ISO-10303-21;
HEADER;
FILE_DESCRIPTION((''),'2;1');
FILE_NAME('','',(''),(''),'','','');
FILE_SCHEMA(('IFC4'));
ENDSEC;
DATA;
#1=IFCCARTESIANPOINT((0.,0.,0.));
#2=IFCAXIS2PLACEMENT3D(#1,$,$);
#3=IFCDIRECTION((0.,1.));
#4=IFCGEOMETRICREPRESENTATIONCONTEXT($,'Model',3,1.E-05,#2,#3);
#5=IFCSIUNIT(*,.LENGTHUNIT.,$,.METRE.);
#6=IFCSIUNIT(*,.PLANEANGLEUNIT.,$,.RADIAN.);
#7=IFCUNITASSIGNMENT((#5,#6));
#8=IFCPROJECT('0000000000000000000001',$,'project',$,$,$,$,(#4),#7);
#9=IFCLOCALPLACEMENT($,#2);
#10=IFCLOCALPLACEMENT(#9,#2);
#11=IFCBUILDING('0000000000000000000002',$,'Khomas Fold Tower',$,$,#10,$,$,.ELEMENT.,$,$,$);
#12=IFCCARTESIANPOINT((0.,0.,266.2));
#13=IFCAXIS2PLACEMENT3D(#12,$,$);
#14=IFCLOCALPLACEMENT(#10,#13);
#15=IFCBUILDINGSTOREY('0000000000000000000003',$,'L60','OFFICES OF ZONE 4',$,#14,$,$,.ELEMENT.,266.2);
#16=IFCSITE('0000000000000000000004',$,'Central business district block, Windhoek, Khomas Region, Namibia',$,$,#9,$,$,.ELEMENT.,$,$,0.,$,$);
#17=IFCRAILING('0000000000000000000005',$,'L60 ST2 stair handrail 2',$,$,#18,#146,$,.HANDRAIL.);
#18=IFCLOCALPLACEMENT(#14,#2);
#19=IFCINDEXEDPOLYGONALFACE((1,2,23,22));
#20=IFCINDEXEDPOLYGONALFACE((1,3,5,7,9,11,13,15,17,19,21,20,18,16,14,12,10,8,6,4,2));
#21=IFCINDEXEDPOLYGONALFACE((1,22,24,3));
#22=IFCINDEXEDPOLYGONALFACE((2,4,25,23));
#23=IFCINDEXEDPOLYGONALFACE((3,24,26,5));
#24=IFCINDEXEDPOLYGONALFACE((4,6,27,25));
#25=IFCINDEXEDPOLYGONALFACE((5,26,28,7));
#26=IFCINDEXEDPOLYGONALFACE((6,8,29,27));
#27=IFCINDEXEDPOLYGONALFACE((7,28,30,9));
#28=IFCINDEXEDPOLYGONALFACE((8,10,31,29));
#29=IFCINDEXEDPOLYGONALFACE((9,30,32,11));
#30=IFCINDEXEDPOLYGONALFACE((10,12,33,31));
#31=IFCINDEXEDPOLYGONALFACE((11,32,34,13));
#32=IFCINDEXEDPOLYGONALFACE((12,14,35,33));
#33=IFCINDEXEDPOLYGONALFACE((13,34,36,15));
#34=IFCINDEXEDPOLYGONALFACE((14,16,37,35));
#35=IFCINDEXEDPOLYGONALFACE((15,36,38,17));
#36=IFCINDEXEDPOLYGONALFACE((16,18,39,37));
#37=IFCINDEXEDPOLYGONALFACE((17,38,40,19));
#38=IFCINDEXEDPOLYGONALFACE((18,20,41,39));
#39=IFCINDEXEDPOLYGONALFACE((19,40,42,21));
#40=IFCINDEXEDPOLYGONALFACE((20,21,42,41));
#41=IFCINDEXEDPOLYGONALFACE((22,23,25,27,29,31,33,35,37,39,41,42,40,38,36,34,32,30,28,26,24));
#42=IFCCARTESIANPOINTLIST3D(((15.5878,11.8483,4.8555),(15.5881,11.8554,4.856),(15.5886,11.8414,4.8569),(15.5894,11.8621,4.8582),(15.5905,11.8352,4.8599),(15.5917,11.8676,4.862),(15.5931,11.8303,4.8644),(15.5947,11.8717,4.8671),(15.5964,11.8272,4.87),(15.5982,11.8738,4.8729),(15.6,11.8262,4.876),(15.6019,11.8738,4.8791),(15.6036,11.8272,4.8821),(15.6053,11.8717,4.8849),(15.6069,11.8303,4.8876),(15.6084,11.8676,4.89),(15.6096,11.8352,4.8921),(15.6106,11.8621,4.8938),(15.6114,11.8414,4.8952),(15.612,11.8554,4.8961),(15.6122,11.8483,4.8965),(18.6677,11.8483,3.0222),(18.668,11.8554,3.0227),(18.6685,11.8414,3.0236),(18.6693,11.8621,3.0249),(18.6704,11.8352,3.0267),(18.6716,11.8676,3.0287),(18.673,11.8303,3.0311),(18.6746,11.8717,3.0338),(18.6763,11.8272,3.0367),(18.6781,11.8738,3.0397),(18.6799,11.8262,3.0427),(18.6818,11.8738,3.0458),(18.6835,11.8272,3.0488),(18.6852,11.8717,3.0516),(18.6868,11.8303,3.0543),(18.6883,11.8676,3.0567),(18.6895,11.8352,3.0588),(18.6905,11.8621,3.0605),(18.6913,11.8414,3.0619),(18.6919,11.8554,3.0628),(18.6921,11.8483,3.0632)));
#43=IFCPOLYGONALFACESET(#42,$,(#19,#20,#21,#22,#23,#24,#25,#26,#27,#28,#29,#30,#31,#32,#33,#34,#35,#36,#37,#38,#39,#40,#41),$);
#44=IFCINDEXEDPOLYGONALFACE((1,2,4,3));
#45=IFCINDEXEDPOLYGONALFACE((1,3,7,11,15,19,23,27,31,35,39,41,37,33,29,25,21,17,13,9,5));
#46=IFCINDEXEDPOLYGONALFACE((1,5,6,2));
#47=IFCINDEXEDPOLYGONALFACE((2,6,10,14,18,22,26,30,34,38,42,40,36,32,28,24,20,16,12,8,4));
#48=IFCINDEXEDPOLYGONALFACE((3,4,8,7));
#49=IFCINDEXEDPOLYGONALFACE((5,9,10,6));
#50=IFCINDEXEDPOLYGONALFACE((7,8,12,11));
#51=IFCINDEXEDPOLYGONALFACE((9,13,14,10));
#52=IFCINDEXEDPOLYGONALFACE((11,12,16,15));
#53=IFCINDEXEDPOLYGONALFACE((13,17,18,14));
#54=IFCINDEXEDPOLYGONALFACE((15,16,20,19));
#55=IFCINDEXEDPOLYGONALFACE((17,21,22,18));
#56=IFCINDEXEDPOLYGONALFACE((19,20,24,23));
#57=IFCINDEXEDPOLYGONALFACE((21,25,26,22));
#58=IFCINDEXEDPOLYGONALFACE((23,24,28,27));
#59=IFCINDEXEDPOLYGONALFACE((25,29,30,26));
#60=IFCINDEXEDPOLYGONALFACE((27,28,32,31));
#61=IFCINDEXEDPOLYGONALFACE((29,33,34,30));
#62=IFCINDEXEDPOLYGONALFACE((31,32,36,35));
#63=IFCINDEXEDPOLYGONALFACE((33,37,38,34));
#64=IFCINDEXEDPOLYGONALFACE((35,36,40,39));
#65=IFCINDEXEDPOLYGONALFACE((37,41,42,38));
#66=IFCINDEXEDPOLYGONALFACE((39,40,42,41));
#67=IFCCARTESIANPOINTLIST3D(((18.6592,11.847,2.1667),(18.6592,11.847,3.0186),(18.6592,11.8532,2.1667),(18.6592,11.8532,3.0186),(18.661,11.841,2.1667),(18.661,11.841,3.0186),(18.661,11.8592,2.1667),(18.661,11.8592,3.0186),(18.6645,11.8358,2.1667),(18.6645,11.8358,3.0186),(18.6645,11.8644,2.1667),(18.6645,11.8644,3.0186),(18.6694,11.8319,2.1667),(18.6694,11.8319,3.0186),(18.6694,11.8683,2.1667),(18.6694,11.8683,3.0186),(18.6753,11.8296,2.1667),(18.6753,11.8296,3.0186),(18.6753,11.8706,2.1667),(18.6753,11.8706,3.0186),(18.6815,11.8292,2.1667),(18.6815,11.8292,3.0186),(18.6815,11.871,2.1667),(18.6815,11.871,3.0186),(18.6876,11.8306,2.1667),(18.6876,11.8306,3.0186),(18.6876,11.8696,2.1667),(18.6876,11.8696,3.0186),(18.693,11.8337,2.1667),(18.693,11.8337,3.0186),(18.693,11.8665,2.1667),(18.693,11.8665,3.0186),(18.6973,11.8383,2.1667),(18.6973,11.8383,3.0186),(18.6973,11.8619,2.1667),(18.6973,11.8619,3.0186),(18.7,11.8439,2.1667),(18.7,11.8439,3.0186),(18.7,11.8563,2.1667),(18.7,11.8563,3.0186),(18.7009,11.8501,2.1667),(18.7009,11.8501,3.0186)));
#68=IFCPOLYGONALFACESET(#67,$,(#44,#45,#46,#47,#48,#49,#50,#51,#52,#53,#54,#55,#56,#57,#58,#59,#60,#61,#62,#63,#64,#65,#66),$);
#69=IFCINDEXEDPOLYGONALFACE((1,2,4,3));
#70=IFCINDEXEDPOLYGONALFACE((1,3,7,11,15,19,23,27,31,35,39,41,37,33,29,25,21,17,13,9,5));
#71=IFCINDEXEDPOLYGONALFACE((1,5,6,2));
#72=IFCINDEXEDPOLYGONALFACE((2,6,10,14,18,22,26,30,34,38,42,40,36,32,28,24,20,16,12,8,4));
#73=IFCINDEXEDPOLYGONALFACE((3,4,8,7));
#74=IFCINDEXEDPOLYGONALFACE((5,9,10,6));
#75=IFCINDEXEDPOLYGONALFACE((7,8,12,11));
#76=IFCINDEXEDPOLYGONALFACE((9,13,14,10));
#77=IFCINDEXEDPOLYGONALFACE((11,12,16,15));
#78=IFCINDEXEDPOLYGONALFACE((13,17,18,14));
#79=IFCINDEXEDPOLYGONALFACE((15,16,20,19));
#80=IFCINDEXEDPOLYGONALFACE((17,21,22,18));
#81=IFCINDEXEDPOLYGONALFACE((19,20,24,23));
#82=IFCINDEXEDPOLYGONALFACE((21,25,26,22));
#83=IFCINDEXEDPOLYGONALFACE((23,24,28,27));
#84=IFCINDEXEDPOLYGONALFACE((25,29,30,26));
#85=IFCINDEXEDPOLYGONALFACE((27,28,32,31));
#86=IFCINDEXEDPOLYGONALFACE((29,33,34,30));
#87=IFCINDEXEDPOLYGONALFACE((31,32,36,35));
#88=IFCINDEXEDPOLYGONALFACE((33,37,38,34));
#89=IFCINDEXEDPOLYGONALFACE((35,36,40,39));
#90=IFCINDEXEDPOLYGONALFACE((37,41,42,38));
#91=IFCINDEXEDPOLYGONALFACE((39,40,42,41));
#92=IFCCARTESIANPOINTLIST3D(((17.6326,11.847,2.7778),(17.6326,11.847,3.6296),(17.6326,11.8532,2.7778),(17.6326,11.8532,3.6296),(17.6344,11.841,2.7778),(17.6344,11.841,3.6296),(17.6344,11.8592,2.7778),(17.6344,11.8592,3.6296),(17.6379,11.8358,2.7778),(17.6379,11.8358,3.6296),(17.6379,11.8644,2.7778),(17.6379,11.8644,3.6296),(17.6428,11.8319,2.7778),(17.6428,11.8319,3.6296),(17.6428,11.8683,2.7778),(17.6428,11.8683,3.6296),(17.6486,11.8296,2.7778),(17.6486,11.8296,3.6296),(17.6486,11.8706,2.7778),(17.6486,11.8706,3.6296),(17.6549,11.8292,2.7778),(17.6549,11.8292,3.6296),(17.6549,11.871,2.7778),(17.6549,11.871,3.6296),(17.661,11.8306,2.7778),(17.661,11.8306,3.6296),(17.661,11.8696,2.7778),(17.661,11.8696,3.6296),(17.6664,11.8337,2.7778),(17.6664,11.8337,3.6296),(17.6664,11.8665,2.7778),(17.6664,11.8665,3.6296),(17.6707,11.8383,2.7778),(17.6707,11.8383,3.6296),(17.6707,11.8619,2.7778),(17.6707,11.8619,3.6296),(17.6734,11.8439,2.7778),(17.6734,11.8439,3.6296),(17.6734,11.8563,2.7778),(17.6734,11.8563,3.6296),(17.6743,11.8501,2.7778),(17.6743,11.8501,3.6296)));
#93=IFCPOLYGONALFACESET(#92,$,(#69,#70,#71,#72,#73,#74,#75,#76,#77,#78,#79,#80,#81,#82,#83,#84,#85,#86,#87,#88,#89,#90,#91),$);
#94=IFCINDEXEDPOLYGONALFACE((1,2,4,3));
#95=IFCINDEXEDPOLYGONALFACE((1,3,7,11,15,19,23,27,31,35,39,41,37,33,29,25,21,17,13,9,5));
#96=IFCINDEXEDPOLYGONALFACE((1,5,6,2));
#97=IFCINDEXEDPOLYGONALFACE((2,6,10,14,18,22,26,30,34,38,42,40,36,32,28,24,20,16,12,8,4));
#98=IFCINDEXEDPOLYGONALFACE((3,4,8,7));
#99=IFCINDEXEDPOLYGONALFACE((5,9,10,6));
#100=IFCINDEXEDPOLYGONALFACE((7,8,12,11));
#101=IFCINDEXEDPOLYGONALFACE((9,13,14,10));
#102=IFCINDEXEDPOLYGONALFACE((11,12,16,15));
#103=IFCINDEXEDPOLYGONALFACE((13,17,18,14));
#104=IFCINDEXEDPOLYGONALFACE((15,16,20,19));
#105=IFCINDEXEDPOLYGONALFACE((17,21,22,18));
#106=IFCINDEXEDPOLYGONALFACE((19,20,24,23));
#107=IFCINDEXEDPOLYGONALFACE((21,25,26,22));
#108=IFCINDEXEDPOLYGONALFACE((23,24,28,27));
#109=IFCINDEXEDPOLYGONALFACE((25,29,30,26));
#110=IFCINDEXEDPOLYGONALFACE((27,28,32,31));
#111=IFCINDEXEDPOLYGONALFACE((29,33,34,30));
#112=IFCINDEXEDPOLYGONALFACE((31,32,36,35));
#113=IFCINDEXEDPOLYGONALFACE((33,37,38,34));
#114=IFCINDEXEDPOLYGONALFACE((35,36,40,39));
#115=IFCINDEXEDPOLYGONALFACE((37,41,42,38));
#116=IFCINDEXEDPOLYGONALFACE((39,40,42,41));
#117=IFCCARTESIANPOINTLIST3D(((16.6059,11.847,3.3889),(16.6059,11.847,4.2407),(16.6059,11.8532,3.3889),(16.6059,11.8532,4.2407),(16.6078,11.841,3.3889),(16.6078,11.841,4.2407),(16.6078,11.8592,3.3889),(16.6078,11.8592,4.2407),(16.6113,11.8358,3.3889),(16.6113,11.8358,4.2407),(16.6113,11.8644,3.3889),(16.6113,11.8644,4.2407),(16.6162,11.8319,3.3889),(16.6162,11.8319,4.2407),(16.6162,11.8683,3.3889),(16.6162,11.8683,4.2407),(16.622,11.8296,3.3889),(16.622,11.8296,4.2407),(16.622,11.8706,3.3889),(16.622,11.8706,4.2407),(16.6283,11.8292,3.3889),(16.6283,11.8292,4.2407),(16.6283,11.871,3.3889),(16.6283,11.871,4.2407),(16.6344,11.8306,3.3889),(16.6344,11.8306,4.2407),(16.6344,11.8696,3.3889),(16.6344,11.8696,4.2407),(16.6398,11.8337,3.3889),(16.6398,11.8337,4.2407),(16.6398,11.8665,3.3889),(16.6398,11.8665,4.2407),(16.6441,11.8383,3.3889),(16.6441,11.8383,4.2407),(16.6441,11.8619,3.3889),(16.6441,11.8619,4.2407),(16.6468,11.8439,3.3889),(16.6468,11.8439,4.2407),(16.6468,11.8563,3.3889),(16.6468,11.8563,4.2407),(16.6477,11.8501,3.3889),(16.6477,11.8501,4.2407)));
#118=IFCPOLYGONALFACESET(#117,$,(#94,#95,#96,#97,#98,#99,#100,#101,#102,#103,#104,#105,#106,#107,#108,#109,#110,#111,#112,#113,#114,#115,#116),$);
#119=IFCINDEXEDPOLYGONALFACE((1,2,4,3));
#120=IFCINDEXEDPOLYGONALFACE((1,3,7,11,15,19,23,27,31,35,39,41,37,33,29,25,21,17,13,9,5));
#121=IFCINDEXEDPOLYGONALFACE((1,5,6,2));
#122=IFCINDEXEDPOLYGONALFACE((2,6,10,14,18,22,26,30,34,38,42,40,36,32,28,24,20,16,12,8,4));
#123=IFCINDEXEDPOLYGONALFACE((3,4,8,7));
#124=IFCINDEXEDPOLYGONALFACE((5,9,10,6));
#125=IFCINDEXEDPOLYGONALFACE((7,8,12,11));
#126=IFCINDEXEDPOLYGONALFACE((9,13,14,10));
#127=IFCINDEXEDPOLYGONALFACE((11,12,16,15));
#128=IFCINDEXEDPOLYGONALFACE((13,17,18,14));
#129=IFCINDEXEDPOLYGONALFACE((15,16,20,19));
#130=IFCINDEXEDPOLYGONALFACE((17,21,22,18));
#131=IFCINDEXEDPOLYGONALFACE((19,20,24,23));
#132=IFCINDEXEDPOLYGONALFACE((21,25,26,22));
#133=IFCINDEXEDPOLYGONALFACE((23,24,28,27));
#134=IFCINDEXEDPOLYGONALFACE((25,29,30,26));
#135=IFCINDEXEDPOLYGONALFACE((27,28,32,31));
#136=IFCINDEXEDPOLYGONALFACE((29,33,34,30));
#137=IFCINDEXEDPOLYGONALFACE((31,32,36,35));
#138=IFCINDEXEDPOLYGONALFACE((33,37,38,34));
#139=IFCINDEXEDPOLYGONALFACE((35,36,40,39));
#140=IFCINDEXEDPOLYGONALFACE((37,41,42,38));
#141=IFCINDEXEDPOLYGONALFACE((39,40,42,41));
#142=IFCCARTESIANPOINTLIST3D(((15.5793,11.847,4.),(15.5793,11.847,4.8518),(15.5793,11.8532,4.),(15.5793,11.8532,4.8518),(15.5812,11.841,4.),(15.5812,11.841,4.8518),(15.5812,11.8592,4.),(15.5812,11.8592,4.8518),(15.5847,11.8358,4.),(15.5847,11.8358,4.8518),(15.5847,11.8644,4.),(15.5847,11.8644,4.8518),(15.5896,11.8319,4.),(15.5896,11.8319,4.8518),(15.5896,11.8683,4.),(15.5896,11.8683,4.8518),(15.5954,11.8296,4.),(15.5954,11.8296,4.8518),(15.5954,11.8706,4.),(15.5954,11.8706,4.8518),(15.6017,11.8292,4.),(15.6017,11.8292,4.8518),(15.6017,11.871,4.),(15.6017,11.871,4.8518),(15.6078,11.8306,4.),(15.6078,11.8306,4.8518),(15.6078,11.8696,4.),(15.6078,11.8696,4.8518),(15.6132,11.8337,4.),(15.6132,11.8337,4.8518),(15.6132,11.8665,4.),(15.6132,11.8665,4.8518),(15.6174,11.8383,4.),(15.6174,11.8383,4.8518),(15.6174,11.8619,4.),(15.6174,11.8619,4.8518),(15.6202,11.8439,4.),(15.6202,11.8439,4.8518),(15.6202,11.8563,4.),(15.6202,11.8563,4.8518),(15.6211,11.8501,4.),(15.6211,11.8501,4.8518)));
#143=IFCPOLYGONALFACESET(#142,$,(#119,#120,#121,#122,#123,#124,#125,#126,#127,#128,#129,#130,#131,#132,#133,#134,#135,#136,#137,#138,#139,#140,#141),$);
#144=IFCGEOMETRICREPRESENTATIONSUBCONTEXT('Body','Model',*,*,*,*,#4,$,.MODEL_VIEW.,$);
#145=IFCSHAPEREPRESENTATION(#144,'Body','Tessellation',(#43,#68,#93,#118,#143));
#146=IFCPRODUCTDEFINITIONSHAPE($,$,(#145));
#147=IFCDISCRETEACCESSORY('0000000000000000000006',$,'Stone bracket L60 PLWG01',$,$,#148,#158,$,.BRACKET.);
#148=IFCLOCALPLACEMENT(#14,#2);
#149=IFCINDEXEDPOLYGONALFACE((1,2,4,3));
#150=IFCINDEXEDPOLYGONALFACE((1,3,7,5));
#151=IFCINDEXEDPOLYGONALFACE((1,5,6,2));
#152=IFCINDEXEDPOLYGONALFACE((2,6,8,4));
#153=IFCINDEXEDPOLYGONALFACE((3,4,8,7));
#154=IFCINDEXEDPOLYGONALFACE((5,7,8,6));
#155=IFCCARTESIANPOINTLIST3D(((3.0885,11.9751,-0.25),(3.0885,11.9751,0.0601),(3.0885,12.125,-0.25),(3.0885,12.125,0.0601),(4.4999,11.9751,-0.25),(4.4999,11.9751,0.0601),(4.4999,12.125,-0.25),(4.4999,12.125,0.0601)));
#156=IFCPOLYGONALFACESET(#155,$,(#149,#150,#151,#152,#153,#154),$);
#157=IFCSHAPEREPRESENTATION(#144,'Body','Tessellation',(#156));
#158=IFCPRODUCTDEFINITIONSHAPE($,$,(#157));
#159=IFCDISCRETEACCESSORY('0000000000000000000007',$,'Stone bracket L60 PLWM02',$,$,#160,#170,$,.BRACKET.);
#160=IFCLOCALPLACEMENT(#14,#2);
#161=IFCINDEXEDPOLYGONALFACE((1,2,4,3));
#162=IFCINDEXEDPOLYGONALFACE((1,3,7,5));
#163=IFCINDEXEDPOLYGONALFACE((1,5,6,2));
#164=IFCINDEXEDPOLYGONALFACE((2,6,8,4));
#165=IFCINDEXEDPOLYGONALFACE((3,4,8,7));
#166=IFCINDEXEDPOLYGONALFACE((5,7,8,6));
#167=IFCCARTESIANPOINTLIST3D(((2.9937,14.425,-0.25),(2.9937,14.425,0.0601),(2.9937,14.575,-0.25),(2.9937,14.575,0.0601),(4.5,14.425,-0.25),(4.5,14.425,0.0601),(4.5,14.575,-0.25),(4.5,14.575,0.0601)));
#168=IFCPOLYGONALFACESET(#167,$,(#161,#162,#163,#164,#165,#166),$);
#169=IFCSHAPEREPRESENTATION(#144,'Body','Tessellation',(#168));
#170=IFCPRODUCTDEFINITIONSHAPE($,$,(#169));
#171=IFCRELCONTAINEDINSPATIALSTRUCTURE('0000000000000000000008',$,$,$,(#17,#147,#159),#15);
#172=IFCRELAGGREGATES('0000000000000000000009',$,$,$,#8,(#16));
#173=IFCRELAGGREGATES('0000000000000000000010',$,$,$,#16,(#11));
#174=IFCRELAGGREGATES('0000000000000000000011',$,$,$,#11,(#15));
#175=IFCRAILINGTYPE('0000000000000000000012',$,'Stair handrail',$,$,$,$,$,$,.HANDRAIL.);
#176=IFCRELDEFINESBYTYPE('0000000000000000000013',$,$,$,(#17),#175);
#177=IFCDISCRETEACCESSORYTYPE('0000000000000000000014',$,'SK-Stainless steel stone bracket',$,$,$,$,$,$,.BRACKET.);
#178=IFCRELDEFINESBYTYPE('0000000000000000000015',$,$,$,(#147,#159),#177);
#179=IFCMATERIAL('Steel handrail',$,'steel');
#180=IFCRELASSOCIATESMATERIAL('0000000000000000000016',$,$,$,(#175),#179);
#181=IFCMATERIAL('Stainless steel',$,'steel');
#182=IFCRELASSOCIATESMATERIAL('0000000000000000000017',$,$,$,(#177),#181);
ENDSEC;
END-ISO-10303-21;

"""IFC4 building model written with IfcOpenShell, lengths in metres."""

from ifc_helpers import new_model, si_unit, direction, frame, origin, origin_2d, place, context, subcontext, project, spatial, rectangle, circle, extrude, source, transform, mapped, material, type_object, element, save


model = new_model("IFC4")

# Units and contexts
model_context = context("Model", 3, precision=1e-05, world=origin(), true_north=direction((0.0, 1.0)))
body_context = subcontext(model_context, "Body", "Model", "MODEL_VIEW")
ifc_project = project(units=[si_unit("LENGTHUNIT", "METRE"), si_unit("PLANEANGLEUNIT", "RADIAN")], contexts=[model_context])

# Site, building, storey
site_placement = place(None, origin())
site = spatial("IfcSite", under=ifc_project, at=site_placement, Name="Central business district block, Windhoek, Khomas Region, Namibia", CompositionType="ELEMENT", RefElevation=0.0)
building_placement = place(site_placement, origin())
building = spatial("IfcBuilding", under=site, at=building_placement, Name="Khomas Fold Tower", CompositionType="ELEMENT")
storey_placement = place(building_placement, frame((0.0, 0.0, 266.2)))
storey = spatial("IfcBuildingStorey", under=building, at=storey_placement, Name="L60", Description="OFFICES OF ZONE 4", CompositionType="ELEMENT", Elevation=266.2)

# Railing
ifc_material_1 = material(Name="Steel handrail", Category="steel")
railing_type_1 = type_object("IfcRailingType", Name="Stair handrail", PredefinedType="HANDRAIL", material=ifc_material_1)
shared_shape_1 = source(origin(), body_context, "Body", "SweptSolid", [
    extrude(circle(Radius=0.0239, at=origin_2d()), frame((0.0, 0.0, 0.876), z_axis=(-0.859291, 0.0, 0.511487), x_axis=(0.0, -1.0, 0.0)), (0.0, 0.0, 1.0), 3.5842),
    extrude(circle(Radius=0.021, at=origin_2d()), origin(), (0.0, 0.0, 1.0), 0.8518),
    extrude(circle(Radius=0.021, at=origin_2d()), frame((-1.0266, 0.0, 0.6111)), (0.0, 0.0, 1.0), 0.8518),
    extrude(circle(Radius=0.021, at=origin_2d()), frame((-2.0532, 0.0, 1.2222)), (0.0, 0.0, 1.0), 0.8518),
    extrude(circle(Radius=0.021, at=origin_2d()), frame((-3.0798, 0.0, 1.8333)), (0.0, 0.0, 1.0), 0.8518),
])
railing_1_placement = place(storey_placement, frame((18.6799, 11.8501, 2.1667)))
element("IfcRailing", 1, at=railing_1_placement, inside=storey, type_object=railing_type_1, Name="L60 ST2 stair handrail 2", PredefinedType="HANDRAIL", context=body_context, shape_type="MappedRepresentation", body=[
    mapped(shared_shape_1, transform((0.0, 0.0, 0.0))),
])

# Discrete accessories
ifc_material_2 = material(Name="Stainless steel", Category="steel")
discrete_accessory_type = type_object("IfcDiscreteAccessoryType", Name="SK-Stainless steel stone bracket", PredefinedType="BRACKET", material=ifc_material_2)
shared_shape_2 = source(origin(), body_context, "Body", "SweptSolid", [
    extrude(rectangle(XDim=1.4114, YDim=0.1499, at=origin_2d()), origin(), (0.0, 0.0, 1.0), 0.3101),
])
discrete_accessory_1_placement = place(storey_placement, frame((3.7942, 12.05, -0.25), z_axis=(0.0, 0.0, 1.0), x_axis=(-1.0, 0.0, 0.0)))
element("IfcDiscreteAccessory", 2, at=discrete_accessory_1_placement, inside=storey, type_object=discrete_accessory_type, Name="Stone bracket L60 PLWG01", PredefinedType="BRACKET", context=body_context, shape_type="MappedRepresentation", body=[
    mapped(shared_shape_2, transform((0.0, 0.0, 0.0))),
])
shared_shape_3 = source(origin(), body_context, "Body", "SweptSolid", [
    extrude(rectangle(XDim=1.5063, YDim=0.1499, at=origin_2d()), origin(), (0.0, 0.0, 1.0), 0.3101),
])
discrete_accessory_2_placement = place(storey_placement, frame((3.7468, 14.5, -0.25), z_axis=(0.0, 0.0, 1.0), x_axis=(-1.0, 0.0, 0.0)))
element("IfcDiscreteAccessory", 3, at=discrete_accessory_2_placement, inside=storey, type_object=discrete_accessory_type, Name="Stone bracket L60 PLWM02", PredefinedType="BRACKET", context=body_context, shape_type="MappedRepresentation", body=[
    mapped(shared_shape_3, transform((0.0, 0.0, 0.0))),
])

save(model, "model.ifc")
